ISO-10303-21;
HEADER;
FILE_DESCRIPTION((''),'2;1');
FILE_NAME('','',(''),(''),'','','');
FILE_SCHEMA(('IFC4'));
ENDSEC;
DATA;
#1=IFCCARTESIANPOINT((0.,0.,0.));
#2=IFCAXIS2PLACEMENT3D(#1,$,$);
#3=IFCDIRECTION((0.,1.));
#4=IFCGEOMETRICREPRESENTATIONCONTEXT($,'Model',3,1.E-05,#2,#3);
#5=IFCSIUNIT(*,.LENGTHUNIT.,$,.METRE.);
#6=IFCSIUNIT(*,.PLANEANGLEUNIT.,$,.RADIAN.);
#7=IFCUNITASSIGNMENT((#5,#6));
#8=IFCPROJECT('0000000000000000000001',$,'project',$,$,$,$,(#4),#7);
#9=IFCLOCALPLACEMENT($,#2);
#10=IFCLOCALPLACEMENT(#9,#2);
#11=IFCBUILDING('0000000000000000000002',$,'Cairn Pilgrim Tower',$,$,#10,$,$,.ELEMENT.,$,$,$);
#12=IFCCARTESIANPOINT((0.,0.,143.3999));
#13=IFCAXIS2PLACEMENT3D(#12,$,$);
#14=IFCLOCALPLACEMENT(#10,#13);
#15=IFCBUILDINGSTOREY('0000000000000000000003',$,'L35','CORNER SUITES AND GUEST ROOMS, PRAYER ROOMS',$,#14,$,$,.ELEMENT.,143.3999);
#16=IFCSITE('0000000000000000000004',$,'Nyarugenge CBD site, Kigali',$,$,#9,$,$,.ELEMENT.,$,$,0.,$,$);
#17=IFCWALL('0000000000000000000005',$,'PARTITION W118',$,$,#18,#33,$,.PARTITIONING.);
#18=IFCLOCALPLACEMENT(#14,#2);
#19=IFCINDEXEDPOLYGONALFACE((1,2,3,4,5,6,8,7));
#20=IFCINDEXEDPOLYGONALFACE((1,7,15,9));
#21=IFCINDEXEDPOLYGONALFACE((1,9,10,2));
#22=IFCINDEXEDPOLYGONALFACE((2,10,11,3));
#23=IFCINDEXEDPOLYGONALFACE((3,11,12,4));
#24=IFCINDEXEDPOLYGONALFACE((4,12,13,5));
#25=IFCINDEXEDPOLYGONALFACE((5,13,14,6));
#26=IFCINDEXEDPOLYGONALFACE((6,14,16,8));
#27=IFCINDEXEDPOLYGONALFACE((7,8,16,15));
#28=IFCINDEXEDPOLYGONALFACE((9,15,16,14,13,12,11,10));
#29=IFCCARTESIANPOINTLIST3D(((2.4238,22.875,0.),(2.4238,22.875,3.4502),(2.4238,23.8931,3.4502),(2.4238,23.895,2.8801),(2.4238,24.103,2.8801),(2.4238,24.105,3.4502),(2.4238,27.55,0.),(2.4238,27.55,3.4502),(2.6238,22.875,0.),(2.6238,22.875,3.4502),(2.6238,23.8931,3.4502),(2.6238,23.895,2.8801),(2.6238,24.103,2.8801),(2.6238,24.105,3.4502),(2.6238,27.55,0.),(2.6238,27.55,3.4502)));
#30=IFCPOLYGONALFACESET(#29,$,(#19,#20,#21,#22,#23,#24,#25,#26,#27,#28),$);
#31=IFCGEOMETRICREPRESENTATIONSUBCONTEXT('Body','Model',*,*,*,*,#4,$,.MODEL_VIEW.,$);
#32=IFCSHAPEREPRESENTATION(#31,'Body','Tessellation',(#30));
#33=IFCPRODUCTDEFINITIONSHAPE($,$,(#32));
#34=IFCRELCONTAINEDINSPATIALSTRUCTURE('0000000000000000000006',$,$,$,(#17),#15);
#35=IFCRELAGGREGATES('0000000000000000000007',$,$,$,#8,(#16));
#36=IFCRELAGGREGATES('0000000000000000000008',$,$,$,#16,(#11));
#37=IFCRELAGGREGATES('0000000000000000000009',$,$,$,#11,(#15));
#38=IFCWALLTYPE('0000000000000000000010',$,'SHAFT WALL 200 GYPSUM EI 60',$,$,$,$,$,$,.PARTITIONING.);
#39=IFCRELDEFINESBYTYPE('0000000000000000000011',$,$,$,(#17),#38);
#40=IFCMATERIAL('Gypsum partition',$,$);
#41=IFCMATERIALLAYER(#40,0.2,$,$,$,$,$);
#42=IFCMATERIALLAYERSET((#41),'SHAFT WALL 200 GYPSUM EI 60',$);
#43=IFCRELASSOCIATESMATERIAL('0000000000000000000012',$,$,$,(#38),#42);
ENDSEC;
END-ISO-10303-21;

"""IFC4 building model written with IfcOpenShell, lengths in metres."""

from ifc_helpers import new_model, si_unit, direction, frame, origin, place, context, subcontext, project, spatial, polyline, outline, extrude, material, layer, layer_set, type_object, element, save


model = new_model("IFC4")

# Units and contexts
model_context = context("Model", 3, precision=1e-05, world=origin(), true_north=direction((0.0, 1.0)))
body_context = subcontext(model_context, "Body", "Model", "MODEL_VIEW")
ifc_project = project(units=[si_unit("LENGTHUNIT", "METRE"), si_unit("PLANEANGLEUNIT", "RADIAN")], contexts=[model_context])

# Site, building, storey
site_placement = place(None, origin())
site = spatial("IfcSite", under=ifc_project, at=site_placement, Name="Nyarugenge CBD site, Kigali", CompositionType="ELEMENT", RefElevation=0.0)
building_placement = place(site_placement, origin())
building = spatial("IfcBuilding", under=site, at=building_placement, Name="Cairn Pilgrim Tower", CompositionType="ELEMENT")
storey_placement = place(building_placement, frame((0.0, 0.0, 143.3999)))
storey = spatial("IfcBuildingStorey", under=building, at=storey_placement, Name="L35", Description="CORNER SUITES AND GUEST ROOMS, PRAYER ROOMS", CompositionType="ELEMENT", Elevation=143.3999)

# Shared definitions
ifc_material_1 = material(Name="Gypsum partition")

# Wall
ifc_layer_1 = layer(ifc_material_1, 0.2)
ifc_layer_set_1 = layer_set([ifc_layer_1], Name="SHAFT WALL 200 GYPSUM EI 60")
wall_type_1 = type_object("IfcWallType", Name="SHAFT WALL 200 GYPSUM EI 60", PredefinedType="PARTITIONING", material=ifc_layer_set_1)
wall_1_placement = place(storey_placement, frame((2.5239, 22.875, 0.0), z_axis=(0.0, 0.0, 1.0), x_axis=(0.0, 1.0, 0.0)))
element("IfcWall", 1, at=wall_1_placement, inside=storey, type_object=wall_type_1, Name="PARTITION W118", PredefinedType="PARTITIONING", context=body_context, shape_type="SweptSolid", body=[
    extrude(outline(polyline([(0.0, 0.0), (4.675, 0.0), (4.675, 3.4502), (1.23, 3.4502), (1.228, 2.8801), (1.02, 2.8801), (1.0181, 3.4502), (0.0, 3.4502), (0.0, 0.0)])), frame((0.0, 0.1001, 0.0), z_axis=(0.0, -1.0, 0.0), x_axis=(1.0, 0.0, 0.0)), (0.0, 0.0, 1.0), 0.2),
])

save(model, "model.ifc")
